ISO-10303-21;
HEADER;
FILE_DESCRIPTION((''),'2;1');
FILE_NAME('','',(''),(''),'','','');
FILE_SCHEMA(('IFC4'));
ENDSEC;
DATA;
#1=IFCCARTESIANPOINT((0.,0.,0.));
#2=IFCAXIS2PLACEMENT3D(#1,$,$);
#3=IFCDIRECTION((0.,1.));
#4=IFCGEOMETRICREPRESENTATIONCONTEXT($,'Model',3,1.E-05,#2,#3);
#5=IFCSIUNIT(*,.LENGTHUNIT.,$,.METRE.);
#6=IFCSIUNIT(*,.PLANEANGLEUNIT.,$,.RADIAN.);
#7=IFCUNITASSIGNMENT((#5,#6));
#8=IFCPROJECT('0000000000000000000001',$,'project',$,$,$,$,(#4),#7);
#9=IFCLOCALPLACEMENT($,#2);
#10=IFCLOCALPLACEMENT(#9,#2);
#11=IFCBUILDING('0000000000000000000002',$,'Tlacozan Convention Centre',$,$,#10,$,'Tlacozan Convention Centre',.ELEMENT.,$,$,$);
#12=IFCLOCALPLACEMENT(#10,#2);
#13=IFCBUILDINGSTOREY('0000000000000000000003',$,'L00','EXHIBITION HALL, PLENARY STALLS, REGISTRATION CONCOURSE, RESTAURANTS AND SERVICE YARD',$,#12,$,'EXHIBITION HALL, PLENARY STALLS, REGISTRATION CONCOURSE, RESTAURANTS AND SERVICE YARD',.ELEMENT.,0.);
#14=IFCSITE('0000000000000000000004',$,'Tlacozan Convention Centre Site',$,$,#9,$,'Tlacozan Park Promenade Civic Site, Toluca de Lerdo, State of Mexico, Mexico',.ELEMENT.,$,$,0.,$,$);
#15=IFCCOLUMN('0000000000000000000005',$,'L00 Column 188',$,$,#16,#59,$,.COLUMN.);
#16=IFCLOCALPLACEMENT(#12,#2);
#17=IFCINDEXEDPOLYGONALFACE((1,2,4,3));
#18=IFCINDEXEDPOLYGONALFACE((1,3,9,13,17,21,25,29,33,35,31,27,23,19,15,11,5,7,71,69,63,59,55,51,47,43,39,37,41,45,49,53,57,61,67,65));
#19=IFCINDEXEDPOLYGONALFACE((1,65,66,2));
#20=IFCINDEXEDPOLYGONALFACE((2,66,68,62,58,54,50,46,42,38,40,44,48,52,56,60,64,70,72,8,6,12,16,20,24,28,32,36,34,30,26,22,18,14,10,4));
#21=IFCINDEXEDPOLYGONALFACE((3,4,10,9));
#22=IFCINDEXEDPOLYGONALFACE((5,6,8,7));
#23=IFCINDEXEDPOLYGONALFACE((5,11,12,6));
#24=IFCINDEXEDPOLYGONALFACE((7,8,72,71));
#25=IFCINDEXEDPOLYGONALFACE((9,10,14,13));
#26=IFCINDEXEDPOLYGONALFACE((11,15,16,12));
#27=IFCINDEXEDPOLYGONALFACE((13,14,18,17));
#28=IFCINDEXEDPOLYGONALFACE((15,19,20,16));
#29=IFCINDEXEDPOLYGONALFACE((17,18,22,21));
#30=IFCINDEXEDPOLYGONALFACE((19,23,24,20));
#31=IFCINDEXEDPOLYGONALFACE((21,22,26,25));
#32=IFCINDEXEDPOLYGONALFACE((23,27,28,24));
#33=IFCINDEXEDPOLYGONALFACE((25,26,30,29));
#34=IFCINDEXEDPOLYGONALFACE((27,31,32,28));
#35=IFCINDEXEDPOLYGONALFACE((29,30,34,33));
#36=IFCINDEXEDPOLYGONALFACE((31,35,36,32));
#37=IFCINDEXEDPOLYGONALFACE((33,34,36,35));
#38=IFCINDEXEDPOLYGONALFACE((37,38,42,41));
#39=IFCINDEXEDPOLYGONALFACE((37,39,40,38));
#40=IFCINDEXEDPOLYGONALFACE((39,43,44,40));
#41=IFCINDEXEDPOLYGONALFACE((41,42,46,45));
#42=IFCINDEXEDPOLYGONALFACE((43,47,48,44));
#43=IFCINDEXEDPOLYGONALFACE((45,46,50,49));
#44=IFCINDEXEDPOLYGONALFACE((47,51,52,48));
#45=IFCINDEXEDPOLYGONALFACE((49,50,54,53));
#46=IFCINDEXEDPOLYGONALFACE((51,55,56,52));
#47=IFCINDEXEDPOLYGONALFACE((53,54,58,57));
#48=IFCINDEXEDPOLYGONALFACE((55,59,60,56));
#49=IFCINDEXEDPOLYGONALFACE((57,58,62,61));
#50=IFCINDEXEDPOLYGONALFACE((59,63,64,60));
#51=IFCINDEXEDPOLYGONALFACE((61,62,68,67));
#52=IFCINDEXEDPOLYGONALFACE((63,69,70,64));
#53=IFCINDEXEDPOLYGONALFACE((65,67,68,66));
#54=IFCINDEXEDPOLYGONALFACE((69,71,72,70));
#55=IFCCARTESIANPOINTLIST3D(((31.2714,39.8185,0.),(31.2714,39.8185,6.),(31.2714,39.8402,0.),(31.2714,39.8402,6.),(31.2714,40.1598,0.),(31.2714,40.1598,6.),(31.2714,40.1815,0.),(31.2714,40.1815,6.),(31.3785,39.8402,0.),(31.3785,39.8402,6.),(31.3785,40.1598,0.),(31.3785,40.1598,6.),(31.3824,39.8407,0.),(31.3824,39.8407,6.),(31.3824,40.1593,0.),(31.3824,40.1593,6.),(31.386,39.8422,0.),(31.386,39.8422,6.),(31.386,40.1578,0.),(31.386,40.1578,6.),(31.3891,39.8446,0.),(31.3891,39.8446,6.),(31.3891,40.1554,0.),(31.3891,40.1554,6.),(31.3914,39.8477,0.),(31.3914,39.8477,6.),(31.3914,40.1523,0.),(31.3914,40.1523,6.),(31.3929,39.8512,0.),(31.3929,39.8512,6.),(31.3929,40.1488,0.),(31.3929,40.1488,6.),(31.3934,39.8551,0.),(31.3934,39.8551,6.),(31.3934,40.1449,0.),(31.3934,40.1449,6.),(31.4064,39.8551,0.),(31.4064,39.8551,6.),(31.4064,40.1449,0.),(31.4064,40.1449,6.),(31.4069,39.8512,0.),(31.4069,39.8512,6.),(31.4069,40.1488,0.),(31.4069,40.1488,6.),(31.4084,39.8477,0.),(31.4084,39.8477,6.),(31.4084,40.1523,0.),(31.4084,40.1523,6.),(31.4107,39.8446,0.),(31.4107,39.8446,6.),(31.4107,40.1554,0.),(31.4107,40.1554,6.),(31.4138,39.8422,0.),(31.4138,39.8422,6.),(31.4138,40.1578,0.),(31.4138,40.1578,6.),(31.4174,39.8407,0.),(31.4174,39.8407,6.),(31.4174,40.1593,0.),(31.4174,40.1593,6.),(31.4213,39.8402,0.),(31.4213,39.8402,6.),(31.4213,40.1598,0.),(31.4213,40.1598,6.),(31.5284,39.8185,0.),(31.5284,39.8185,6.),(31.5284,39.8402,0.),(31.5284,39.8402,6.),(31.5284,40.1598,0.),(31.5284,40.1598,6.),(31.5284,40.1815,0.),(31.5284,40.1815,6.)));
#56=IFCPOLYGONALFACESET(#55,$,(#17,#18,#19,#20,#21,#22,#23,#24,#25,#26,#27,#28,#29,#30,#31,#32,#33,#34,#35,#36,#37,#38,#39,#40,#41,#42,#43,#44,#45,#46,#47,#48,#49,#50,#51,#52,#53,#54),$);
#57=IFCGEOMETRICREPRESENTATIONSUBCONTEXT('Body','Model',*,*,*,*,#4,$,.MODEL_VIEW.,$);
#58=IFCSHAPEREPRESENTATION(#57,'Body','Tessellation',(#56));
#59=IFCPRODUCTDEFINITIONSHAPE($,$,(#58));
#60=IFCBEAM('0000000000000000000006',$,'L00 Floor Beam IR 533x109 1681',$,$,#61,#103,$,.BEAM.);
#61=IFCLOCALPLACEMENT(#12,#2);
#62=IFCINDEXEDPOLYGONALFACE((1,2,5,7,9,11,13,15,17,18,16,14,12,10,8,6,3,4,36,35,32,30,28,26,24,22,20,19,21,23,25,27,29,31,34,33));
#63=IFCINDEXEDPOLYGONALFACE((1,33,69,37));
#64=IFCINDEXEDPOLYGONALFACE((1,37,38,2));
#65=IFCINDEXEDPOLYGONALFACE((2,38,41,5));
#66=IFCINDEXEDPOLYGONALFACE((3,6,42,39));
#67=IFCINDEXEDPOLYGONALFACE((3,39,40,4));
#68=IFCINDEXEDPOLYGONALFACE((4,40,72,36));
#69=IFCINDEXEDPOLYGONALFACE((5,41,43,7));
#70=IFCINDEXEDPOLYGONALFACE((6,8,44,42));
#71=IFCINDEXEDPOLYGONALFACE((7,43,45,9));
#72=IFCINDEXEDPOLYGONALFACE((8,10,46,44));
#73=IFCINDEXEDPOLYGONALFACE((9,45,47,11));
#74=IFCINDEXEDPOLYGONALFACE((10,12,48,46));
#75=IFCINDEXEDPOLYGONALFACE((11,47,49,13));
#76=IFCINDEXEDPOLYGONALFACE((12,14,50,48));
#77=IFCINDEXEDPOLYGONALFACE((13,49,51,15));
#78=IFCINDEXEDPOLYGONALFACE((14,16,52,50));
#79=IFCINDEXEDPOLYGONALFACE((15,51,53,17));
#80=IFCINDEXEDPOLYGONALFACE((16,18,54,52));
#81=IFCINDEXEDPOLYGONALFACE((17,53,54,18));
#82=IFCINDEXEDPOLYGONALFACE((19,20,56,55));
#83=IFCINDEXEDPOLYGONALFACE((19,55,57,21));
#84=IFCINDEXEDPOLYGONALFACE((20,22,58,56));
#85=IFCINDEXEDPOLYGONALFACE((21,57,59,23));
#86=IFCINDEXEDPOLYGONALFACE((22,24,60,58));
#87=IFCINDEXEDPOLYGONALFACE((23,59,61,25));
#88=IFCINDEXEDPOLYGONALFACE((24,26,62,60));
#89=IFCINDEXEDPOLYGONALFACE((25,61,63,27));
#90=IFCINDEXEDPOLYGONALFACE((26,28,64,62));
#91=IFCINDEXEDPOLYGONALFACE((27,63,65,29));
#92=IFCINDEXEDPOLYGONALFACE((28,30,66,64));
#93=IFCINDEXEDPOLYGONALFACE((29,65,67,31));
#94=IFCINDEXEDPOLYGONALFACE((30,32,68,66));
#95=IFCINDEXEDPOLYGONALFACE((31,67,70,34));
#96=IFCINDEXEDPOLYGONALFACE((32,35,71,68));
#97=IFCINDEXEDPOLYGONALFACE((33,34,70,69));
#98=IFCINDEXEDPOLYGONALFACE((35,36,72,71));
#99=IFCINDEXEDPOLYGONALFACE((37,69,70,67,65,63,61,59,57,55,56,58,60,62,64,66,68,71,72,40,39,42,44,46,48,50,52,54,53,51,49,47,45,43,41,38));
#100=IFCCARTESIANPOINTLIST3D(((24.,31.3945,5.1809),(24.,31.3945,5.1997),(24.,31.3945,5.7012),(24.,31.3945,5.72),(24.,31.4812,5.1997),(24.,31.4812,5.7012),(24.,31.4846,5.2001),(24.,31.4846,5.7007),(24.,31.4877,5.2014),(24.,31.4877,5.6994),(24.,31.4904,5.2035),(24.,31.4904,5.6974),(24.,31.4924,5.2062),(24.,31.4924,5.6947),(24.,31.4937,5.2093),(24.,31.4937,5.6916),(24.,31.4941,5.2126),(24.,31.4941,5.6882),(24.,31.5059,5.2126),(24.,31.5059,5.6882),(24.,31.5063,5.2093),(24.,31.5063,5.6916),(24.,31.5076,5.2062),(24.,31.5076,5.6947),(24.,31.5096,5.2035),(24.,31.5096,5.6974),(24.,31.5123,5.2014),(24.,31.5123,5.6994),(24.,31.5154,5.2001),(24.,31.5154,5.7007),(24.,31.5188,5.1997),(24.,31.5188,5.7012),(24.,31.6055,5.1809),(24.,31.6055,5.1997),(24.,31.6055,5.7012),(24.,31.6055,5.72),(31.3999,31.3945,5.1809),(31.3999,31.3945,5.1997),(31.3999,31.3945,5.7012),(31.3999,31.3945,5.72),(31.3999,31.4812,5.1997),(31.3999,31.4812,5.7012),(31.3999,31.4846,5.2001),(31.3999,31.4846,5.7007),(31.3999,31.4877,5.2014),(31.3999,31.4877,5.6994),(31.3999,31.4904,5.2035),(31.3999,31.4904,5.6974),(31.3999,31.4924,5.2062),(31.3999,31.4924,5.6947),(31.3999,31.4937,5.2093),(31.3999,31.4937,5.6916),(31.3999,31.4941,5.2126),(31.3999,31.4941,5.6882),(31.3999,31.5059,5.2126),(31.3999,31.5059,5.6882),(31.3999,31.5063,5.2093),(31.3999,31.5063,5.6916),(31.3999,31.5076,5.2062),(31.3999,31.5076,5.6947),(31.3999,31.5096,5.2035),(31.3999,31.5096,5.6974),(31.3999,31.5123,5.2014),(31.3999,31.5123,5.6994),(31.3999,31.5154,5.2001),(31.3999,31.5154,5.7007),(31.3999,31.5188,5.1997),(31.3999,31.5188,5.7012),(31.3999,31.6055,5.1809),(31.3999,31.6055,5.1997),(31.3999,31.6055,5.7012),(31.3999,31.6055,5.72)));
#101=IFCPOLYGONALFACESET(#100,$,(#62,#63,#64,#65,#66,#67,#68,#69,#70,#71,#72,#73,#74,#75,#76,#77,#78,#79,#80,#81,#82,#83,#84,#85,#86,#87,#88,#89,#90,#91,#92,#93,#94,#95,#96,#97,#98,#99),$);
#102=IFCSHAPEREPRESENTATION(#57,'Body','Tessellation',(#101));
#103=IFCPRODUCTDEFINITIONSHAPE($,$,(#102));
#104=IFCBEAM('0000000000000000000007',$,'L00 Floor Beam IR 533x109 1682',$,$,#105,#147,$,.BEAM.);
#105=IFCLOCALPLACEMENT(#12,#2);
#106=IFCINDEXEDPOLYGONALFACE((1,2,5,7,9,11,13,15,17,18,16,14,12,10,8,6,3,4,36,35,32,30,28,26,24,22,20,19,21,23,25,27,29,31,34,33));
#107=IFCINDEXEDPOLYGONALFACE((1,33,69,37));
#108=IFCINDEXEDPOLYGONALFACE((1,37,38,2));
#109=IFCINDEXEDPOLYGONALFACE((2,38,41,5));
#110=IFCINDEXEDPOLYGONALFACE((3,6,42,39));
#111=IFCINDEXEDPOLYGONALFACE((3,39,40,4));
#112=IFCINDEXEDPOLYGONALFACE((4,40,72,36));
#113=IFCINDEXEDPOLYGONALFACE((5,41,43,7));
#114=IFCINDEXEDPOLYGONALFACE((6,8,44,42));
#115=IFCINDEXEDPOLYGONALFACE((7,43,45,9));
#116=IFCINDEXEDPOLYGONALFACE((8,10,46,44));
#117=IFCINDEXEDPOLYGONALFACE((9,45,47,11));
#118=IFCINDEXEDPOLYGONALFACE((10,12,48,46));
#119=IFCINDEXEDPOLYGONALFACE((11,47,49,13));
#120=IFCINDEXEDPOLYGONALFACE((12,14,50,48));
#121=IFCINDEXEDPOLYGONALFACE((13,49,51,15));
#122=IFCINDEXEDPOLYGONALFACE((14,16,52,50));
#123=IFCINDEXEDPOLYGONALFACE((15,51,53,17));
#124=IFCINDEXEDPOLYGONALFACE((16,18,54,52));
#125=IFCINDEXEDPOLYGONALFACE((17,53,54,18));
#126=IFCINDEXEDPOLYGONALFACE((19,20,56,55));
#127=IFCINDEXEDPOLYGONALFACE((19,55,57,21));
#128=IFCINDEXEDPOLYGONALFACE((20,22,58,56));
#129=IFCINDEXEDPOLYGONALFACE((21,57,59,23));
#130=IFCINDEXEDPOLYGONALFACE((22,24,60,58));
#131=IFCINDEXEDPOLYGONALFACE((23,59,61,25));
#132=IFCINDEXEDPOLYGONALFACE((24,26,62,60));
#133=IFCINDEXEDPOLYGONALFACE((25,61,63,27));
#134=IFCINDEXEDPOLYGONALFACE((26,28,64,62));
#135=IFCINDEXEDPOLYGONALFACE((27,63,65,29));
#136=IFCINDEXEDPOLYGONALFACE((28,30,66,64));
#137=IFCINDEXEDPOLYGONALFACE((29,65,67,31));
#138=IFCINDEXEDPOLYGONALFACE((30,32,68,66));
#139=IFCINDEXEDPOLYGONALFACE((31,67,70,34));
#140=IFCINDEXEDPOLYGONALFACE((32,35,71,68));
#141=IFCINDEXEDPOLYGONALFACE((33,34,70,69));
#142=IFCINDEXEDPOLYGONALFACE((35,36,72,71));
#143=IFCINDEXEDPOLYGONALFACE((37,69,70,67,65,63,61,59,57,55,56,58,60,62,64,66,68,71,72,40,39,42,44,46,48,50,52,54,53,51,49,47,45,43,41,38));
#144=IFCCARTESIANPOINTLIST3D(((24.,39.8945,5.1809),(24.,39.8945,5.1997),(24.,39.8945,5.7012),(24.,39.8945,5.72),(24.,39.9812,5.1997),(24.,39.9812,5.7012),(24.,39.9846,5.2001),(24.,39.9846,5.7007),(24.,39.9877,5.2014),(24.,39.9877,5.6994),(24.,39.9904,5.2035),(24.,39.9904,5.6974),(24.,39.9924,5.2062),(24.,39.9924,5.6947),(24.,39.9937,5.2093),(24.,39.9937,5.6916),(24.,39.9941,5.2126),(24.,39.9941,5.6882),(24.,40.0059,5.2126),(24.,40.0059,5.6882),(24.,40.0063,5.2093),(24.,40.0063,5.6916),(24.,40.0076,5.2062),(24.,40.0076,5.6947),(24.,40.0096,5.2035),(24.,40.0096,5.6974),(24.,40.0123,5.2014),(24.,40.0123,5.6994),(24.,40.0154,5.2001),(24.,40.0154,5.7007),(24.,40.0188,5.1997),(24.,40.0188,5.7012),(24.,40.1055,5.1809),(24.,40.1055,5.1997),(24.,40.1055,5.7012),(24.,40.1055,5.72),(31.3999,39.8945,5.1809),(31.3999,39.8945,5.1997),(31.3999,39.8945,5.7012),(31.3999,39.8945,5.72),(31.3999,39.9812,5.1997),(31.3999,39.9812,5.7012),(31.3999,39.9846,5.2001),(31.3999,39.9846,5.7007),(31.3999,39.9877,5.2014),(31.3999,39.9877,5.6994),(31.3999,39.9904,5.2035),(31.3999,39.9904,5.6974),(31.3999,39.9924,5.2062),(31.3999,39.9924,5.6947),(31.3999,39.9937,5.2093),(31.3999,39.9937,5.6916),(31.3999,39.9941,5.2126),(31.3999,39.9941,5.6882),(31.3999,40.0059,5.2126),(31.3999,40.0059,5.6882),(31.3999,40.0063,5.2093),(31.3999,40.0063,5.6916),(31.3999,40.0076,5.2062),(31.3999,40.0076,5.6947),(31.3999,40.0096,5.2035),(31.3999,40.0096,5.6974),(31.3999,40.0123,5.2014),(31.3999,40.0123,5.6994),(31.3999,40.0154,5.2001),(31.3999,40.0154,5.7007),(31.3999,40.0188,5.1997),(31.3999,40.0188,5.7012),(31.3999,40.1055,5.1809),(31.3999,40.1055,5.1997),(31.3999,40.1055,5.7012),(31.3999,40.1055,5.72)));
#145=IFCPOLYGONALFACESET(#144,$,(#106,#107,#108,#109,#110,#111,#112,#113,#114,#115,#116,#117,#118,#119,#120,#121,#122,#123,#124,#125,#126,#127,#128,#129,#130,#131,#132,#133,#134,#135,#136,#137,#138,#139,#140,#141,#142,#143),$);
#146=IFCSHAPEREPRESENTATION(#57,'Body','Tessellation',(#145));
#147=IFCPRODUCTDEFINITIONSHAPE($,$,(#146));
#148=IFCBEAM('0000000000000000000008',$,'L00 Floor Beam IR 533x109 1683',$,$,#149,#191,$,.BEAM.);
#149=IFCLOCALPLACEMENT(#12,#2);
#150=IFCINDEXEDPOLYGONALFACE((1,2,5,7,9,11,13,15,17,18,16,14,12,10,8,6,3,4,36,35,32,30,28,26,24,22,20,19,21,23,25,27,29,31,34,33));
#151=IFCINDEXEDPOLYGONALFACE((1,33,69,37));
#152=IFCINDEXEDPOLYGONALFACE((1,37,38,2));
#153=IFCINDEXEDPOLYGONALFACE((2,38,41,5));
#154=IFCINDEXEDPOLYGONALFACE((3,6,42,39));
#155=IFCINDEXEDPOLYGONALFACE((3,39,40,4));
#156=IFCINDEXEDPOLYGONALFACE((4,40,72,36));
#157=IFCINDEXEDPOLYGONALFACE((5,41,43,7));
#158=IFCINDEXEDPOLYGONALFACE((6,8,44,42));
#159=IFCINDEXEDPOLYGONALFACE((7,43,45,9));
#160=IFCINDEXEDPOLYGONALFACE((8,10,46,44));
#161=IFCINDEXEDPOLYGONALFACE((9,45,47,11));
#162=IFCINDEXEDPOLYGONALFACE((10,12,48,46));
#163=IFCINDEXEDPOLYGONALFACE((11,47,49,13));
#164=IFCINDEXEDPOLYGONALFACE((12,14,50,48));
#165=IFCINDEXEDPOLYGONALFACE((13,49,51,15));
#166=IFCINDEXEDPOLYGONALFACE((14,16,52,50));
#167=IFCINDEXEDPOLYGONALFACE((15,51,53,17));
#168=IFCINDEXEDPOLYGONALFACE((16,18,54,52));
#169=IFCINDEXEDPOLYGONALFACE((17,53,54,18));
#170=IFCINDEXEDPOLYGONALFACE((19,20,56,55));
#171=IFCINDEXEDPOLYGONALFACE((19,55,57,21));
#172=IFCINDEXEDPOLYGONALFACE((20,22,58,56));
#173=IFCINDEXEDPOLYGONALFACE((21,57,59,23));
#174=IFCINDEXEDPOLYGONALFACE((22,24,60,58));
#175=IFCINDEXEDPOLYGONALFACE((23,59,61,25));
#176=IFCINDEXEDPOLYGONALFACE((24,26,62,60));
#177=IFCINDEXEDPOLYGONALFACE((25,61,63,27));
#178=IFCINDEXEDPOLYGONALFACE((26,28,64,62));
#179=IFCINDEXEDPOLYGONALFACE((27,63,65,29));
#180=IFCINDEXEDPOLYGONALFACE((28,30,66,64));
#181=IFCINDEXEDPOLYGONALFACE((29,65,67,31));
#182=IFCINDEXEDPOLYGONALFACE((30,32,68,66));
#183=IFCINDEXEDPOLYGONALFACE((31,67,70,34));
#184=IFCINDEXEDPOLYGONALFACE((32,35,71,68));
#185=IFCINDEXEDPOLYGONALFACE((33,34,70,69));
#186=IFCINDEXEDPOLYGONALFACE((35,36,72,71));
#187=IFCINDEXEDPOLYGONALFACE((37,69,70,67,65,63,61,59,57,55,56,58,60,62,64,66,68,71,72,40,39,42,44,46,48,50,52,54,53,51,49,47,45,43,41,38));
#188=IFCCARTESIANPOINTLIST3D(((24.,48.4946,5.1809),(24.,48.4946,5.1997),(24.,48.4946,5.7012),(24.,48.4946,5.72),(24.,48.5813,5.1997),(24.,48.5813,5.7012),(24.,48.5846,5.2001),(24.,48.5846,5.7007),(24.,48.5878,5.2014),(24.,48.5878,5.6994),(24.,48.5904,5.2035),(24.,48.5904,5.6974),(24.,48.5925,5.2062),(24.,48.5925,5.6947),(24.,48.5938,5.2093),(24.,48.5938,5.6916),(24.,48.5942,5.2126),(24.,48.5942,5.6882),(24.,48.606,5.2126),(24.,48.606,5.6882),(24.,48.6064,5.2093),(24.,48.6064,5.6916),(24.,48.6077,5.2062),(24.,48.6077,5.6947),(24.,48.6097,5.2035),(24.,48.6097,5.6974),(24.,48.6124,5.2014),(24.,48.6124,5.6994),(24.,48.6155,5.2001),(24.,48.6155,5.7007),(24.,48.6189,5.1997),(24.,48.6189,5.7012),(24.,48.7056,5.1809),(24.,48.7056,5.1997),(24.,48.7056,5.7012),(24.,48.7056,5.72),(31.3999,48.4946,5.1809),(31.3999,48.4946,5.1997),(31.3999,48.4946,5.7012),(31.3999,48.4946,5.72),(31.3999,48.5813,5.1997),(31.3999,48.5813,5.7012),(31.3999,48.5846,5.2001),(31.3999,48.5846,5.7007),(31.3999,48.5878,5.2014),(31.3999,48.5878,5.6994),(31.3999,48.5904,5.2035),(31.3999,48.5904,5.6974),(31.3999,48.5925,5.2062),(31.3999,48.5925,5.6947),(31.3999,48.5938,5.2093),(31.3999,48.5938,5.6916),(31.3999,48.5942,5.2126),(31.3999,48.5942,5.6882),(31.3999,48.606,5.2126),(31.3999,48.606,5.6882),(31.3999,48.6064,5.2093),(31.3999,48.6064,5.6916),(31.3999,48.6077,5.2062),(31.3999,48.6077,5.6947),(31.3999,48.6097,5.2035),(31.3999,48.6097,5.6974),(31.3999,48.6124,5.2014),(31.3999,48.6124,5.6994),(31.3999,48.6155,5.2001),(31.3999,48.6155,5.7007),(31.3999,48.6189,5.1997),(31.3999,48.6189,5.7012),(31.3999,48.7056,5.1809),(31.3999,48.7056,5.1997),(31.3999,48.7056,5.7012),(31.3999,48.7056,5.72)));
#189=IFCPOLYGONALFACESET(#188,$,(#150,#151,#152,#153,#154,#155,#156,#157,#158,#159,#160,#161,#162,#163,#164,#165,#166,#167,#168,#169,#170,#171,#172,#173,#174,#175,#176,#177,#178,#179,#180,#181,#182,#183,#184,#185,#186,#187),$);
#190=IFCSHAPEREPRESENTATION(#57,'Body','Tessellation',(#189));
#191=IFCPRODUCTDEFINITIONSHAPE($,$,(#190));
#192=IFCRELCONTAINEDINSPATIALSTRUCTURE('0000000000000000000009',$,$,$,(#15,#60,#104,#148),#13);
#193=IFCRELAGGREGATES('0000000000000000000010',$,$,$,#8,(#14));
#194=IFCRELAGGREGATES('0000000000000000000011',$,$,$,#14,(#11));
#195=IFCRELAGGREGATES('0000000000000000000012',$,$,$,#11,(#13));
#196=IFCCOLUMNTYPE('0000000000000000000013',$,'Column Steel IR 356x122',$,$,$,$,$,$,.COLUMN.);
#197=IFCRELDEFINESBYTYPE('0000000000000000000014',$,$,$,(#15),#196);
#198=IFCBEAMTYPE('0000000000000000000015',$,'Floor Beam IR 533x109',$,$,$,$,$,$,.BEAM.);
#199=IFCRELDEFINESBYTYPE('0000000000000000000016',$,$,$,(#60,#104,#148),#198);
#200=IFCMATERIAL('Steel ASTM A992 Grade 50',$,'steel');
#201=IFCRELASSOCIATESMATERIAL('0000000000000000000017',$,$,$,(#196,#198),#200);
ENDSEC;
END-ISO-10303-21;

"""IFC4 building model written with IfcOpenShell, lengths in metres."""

from ifc_helpers import new_model, si_unit, direction, frame, origin, origin_2d, place, context, subcontext, project, spatial, i_section, extrude, material, material_profile, profile_set, type_object, element, save


model = new_model("IFC4")

# Units and contexts
model_context = context("Model", 3, precision=1e-05, world=origin(), true_north=direction((0.0, 1.0)))
body_context = subcontext(model_context, "Body", "Model", "MODEL_VIEW")
ifc_project = project(units=[si_unit("LENGTHUNIT", "METRE"), si_unit("PLANEANGLEUNIT", "RADIAN")], contexts=[model_context])

# Site, building, storey
site_placement = place(None, origin())
site = spatial("IfcSite", under=ifc_project, at=site_placement, Name="Tlacozan Convention Centre Site", LongName="Tlacozan Park Promenade Civic Site, Toluca de Lerdo, State of Mexico, Mexico", CompositionType="ELEMENT", RefElevation=0.0)
building_placement = place(site_placement, origin())
building = spatial("IfcBuilding", under=site, at=building_placement, Name="Tlacozan Convention Centre", LongName="Tlacozan Convention Centre", CompositionType="ELEMENT")
storey_placement = place(building_placement, origin())
storey = spatial("IfcBuildingStorey", under=building, at=storey_placement, Name="L00", Description="EXHIBITION HALL, PLENARY STALLS, REGISTRATION CONCOURSE, RESTAURANTS AND SERVICE YARD", LongName="EXHIBITION HALL, PLENARY STALLS, REGISTRATION CONCOURSE, RESTAURANTS AND SERVICE YARD", CompositionType="ELEMENT", Elevation=0.0)

# Column
ifc_material_1 = material(Name="Steel ASTM A992 Grade 50", Category="steel")
ifc_material_profile_1 = material_profile(ifc_material_1, i_section(OverallWidth=0.2571, OverallDepth=0.363, WebThickness=0.0129, FlangeThickness=0.0217, FilletRadius=0.0149, at=origin_2d()), Name="IR 356x122.0")
ifc_profile_set_1 = profile_set([ifc_material_profile_1], Name="Steel ASTM A992 Grade 50")
column_type = type_object("IfcColumnType", Name="Column Steel IR 356x122", PredefinedType="COLUMN", material=ifc_profile_set_1)
for number, where, z_axis, x_axis, name in (
    (1, (31.3999, 40.0, 0.0), (0.0, 0.0, 1.0), (1.0, 0.0, 0.0), "L00 Column 188"),
):
    element("IfcColumn", number, at=place(storey_placement, frame(where, z_axis=z_axis, x_axis=x_axis)), inside=storey, type_object=column_type, Name=name, PredefinedType="COLUMN", context=body_context, shape_type="SweptSolid", body=[
        extrude(i_section(OverallWidth=0.2571, OverallDepth=0.363, WebThickness=0.0129, FlangeThickness=0.0217, FilletRadius=0.0149, at=origin_2d()), origin(), (0.0, 0.0, 1.0), 6.0),
    ])

# Beams
ifc_material_profile_2 = material_profile(ifc_material_1, i_section(OverallWidth=0.2109, OverallDepth=0.5391, WebThickness=0.0117, FlangeThickness=0.0188, FilletRadius=0.0129, at=origin_2d()), Name="IR 533x109.0")
ifc_profile_set_2 = profile_set([ifc_material_profile_2], Name="Steel ASTM A992 Grade 50")
beam_type_1 = type_object("IfcBeamType", Name="Floor Beam IR 533x109", PredefinedType="BEAM", material=ifc_profile_set_2)
for number, where, z_axis, x_axis, name in (
    (2, (24.0, 31.5, 5.4504), (1.0, 0.0, 0.0), (0.0, 1.0, 0.0), "L00 Floor Beam IR 533x109 1681"),
    (3, (24.0, 40.0, 5.4504), (1.0, 0.0, 0.0), (0.0, 1.0, 0.0), "L00 Floor Beam IR 533x109 1682"),
    (4, (24.0, 48.6001, 5.4504), (1.0, 0.0, 0.0), (0.0, 1.0, 0.0), "L00 Floor Beam IR 533x109 1683"),
):
    element("IfcBeam", number, at=place(storey_placement, frame(where, z_axis=z_axis, x_axis=x_axis)), inside=storey, type_object=beam_type_1, Name=name, PredefinedType="BEAM", context=body_context, shape_type="SweptSolid", body=[
        extrude(i_section(OverallWidth=0.2109, OverallDepth=0.5391, WebThickness=0.0117, FlangeThickness=0.0188, FilletRadius=0.0129, at=origin_2d()), origin(), (0.0, 0.0, 1.0), 7.3999),
    ])

save(model, "model.ifc")
